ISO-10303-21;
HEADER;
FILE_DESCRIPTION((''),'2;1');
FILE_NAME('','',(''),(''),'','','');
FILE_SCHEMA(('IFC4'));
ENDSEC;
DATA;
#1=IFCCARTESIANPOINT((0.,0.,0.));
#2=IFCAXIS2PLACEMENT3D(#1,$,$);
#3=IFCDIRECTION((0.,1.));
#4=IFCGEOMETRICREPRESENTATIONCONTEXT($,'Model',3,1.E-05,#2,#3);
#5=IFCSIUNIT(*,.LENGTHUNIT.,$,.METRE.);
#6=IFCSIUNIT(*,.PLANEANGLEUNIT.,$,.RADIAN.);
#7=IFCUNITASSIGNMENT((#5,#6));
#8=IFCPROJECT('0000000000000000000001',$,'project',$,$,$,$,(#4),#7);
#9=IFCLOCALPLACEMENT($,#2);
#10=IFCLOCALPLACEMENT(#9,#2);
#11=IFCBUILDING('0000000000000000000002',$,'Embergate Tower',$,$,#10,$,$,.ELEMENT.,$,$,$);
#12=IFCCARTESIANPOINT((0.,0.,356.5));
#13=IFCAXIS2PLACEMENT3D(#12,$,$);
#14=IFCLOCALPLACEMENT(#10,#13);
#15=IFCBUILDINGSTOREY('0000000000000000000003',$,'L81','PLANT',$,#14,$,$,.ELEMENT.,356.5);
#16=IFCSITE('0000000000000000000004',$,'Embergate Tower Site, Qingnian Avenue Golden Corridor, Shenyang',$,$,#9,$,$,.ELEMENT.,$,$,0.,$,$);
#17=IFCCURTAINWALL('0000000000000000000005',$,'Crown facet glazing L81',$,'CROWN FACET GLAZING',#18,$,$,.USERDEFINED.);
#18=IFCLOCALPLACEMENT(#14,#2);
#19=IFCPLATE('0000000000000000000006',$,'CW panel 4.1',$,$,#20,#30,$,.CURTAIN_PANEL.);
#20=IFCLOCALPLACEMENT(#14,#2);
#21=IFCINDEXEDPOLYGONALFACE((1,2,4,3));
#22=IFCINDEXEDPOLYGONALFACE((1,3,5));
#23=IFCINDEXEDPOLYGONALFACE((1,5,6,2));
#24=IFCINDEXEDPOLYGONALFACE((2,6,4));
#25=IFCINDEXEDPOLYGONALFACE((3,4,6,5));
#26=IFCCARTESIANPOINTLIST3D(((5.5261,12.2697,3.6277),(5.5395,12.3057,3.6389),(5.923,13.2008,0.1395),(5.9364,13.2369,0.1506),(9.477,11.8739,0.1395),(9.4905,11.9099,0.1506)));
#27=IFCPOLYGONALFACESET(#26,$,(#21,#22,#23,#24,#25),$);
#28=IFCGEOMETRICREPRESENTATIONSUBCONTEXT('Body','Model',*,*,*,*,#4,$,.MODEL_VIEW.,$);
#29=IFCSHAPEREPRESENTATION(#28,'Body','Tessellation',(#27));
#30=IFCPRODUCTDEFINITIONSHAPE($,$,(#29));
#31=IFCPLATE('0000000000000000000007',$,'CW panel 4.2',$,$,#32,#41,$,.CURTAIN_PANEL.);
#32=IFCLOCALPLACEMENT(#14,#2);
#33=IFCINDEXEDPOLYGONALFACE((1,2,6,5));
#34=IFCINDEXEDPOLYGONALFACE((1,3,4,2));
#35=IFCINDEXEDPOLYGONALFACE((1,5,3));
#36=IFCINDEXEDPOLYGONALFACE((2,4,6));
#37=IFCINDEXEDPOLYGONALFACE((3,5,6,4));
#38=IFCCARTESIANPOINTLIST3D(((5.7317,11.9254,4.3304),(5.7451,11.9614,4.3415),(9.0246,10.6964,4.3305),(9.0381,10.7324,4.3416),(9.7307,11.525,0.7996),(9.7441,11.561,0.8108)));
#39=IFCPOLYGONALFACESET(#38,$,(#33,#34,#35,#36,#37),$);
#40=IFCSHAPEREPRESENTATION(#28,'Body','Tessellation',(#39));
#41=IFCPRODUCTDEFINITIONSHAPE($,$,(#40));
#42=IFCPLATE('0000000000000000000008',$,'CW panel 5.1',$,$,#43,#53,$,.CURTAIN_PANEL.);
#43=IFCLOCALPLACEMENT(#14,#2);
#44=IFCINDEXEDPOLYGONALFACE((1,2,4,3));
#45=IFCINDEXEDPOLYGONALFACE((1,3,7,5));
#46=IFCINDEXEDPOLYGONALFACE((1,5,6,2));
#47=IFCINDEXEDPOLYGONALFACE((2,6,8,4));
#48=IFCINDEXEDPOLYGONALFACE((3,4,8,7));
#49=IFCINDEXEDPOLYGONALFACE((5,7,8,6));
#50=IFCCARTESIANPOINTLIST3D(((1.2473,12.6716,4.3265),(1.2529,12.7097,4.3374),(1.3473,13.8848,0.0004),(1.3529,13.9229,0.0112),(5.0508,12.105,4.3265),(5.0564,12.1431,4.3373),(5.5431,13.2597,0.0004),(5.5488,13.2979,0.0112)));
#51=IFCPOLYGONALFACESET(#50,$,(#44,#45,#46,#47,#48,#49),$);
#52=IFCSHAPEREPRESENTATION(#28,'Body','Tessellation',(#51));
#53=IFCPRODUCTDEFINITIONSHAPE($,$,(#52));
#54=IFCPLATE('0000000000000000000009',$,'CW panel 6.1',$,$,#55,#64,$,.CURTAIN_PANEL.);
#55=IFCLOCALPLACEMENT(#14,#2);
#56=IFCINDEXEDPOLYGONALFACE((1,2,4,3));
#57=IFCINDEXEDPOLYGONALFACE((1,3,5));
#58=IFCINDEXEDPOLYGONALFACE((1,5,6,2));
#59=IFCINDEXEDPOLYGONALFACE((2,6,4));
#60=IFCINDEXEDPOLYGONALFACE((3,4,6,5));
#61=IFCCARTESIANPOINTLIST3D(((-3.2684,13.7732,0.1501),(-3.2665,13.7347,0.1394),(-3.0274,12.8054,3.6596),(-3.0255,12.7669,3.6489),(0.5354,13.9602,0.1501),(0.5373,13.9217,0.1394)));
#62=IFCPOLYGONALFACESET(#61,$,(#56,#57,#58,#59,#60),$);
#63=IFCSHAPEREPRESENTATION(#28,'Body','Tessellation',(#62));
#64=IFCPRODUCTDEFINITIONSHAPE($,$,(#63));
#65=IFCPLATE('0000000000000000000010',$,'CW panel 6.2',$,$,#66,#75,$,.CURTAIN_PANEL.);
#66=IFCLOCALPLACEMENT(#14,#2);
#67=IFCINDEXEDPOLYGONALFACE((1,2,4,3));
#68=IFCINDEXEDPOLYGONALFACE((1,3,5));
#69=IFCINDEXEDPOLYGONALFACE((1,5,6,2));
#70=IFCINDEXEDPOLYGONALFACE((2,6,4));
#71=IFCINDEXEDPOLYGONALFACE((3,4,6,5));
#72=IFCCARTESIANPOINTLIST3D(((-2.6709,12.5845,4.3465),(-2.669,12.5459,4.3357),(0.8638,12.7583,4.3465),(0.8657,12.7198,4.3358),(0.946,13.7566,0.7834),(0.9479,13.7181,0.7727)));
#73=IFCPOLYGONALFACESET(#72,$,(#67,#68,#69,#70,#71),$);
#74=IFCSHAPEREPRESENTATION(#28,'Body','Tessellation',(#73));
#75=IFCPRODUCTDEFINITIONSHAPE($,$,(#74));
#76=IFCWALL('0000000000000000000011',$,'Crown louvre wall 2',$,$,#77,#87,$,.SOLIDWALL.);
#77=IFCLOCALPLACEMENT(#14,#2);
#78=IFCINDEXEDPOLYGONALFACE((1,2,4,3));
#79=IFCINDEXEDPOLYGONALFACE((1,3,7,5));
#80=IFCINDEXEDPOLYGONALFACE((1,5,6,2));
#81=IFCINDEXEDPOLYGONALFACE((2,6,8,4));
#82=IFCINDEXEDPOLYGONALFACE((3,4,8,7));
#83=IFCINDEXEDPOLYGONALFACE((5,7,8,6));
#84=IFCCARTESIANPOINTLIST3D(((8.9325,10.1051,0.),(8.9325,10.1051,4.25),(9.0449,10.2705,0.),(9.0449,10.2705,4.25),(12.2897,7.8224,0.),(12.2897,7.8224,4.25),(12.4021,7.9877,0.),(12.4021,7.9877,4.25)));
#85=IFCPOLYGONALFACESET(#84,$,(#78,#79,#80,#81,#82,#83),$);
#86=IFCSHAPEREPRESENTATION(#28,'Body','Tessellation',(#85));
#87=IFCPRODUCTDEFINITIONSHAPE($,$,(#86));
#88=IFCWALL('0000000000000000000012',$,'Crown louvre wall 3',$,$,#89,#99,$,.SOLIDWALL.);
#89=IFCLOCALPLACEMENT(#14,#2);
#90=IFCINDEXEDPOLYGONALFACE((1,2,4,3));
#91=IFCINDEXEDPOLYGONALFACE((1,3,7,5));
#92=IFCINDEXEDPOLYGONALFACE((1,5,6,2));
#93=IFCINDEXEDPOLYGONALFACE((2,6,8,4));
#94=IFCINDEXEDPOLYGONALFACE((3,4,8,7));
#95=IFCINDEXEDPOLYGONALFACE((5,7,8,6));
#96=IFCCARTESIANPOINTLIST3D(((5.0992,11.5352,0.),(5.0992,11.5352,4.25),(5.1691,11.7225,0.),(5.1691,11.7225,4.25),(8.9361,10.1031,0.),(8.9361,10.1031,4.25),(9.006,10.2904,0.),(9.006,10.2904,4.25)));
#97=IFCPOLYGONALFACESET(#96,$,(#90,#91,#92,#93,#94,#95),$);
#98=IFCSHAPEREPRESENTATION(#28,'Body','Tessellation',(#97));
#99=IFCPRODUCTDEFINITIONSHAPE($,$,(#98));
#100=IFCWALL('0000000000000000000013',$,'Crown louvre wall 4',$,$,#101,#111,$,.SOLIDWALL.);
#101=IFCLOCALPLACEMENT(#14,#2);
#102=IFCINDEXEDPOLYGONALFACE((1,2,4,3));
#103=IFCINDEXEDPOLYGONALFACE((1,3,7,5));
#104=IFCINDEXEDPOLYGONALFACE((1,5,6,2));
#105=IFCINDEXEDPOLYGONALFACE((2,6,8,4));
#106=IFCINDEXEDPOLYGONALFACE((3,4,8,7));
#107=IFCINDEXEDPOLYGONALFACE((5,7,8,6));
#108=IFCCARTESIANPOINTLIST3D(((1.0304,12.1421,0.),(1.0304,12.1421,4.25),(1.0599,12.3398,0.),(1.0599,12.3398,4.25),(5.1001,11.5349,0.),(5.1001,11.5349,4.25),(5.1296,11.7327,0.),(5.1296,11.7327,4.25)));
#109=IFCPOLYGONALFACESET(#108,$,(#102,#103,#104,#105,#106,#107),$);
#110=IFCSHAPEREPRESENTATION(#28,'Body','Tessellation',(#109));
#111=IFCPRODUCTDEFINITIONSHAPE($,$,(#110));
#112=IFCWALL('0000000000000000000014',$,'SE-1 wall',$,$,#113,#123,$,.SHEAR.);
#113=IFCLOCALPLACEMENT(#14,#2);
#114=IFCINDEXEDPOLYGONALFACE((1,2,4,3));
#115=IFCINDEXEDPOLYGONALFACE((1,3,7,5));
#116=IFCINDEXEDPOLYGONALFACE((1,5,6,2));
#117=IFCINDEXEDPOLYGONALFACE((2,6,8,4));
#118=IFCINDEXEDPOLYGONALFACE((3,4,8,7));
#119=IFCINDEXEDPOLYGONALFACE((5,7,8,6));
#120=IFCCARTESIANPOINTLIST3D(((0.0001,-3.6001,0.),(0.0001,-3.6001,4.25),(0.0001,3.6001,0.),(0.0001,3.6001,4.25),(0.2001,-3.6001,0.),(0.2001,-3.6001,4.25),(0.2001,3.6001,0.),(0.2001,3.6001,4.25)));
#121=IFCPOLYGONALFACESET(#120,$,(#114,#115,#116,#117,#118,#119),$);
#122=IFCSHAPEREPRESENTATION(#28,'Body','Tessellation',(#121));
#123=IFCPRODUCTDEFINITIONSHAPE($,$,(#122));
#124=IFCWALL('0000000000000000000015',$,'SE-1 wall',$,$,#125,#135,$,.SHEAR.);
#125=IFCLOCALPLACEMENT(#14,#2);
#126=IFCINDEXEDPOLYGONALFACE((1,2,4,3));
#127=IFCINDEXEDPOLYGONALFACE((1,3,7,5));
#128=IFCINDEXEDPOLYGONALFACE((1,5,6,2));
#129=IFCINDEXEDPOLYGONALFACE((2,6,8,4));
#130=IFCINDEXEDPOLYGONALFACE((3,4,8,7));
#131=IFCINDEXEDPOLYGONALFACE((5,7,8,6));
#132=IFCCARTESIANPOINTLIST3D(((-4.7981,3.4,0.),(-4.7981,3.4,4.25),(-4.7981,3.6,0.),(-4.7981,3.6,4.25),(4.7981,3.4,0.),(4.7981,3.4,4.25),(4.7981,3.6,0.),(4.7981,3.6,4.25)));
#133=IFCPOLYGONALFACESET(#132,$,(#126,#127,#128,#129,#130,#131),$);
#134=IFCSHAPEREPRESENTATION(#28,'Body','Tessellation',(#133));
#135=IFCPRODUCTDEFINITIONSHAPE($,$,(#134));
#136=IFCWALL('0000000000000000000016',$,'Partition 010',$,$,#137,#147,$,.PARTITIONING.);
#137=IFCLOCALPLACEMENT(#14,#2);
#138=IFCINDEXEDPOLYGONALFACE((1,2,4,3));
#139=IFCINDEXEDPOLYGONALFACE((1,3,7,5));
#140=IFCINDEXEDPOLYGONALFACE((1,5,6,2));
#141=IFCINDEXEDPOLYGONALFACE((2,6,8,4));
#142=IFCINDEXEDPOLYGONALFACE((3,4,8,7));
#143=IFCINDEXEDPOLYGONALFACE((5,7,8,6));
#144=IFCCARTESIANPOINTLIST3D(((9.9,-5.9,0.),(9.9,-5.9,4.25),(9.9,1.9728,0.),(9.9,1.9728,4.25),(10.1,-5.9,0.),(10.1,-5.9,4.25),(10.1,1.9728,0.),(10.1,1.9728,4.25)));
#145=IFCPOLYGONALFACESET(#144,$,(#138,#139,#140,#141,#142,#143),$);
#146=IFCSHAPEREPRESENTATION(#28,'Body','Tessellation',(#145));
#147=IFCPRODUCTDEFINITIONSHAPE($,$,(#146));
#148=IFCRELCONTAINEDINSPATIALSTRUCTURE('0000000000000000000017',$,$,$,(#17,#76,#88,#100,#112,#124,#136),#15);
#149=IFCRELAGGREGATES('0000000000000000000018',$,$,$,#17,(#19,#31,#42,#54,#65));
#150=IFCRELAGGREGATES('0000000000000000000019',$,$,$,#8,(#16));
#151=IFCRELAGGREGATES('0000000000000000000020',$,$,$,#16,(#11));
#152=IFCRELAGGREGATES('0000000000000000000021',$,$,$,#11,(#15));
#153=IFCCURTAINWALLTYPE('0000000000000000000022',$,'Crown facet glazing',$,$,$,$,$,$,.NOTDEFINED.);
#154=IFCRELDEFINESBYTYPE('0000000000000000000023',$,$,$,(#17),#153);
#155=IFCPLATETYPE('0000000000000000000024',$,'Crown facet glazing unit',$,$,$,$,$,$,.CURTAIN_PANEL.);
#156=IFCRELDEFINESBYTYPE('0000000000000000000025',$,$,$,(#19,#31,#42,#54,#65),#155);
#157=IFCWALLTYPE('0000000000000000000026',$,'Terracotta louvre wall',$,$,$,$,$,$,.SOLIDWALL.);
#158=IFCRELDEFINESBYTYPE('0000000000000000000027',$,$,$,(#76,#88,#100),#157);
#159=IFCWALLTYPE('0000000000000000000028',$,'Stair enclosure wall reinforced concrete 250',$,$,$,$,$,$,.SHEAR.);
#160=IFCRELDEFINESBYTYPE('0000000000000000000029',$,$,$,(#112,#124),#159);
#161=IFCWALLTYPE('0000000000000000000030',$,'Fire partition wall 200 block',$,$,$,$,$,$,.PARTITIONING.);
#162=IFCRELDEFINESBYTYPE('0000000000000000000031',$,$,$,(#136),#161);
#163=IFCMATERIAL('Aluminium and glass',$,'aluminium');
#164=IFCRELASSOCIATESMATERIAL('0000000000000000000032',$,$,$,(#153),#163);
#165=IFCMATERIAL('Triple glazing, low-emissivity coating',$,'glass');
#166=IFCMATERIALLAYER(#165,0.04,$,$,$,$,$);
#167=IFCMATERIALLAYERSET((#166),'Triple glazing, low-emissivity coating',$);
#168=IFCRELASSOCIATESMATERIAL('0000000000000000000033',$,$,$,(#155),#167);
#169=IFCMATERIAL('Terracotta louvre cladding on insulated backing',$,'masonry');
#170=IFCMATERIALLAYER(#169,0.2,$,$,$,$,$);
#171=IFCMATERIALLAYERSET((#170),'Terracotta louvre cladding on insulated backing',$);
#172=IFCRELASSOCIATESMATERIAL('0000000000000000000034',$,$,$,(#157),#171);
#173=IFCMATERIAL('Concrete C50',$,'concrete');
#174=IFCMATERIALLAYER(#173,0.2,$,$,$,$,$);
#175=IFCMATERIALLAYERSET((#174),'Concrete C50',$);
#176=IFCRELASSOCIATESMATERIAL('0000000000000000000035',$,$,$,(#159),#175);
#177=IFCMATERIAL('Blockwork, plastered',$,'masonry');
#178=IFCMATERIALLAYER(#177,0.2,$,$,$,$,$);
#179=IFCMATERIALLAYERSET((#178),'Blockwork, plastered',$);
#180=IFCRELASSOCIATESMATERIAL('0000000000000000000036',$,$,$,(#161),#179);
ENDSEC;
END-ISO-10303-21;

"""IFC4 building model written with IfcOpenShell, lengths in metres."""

from ifc_helpers import new_model, si_unit, direction, frame, frame_2d, origin, place, context, subcontext, project, spatial, polyline, rectangle, outline, extrude, source, transform, mapped, material, layer, layer_set, type_object, element, aggregate, save


model = new_model("IFC4")

# Units and contexts
model_context = context("Model", 3, precision=1e-05, world=origin(), true_north=direction((0.0, 1.0)))
body_context = subcontext(model_context, "Body", "Model", "MODEL_VIEW")
ifc_project = project(units=[si_unit("LENGTHUNIT", "METRE"), si_unit("PLANEANGLEUNIT", "RADIAN")], contexts=[model_context])

# Site, building, storey
site_placement = place(None, origin())
site = spatial("IfcSite", under=ifc_project, at=site_placement, Name="Embergate Tower Site, Qingnian Avenue Golden Corridor, Shenyang", CompositionType="ELEMENT", RefElevation=0.0)
building_placement = place(site_placement, origin())
building = spatial("IfcBuilding", under=site, at=building_placement, Name="Embergate Tower", CompositionType="ELEMENT")
storey_placement = place(building_placement, frame((0.0, 0.0, 356.5)))
storey = spatial("IfcBuildingStorey", under=building, at=storey_placement, Name="L81", Description="PLANT", CompositionType="ELEMENT", Elevation=356.5)

# Curtain wall, plates
ifc_material_1 = material(Name="Aluminium and glass", Category="aluminium")
curtain_wall_type = type_object("IfcCurtainWallType", Name="Crown facet glazing", PredefinedType="NOTDEFINED", material=ifc_material_1)
curtain_wall_placement = place(storey_placement, origin())
curtain_wall = element("IfcCurtainWall", 1, at=curtain_wall_placement, inside=storey, type_object=curtain_wall_type, Name="Crown facet glazing L81", ObjectType="CROWN FACET GLAZING", PredefinedType="USERDEFINED")
ifc_material_2 = material(Name="Triple glazing, low-emissivity coating", Category="glass")
ifc_layer_1 = layer(ifc_material_2, 0.04)
ifc_layer_set_1 = layer_set([ifc_layer_1], Name="Triple glazing, low-emissivity coating")
plate_type = type_object("IfcPlateType", Name="Crown facet glazing unit", PredefinedType="CURTAIN_PANEL", material=ifc_layer_set_1)
shared_shape_1 = source(origin(), body_context, "Body", "SweptSolid", [
    extrude(outline(polyline([(0.0, 0.0), (3.7937, 0.0), (3.8398, 3.6318), (0.0, 0.0)])), origin(), (0.0, 0.0, -1.0), 0.04),
])
plate_1_placement = place(storey_placement, frame((9.4905, 11.9099, 0.1506), z_axis=(0.335946, 0.899791, 0.278419), x_axis=(-0.936833, 0.349776, 0.0)))
plate_1 = element("IfcPlate", 2, at=plate_1_placement, type_object=plate_type, Name="CW panel 4.1", PredefinedType="CURTAIN_PANEL", context=body_context, shape_type="MappedRepresentation", body=[
    mapped(shared_shape_1, transform((0.0, 0.0, 0.0))),
])
shared_shape_2 = source(origin(), body_context, "Body", "SweptSolid", [
    extrude(outline(polyline([(0.0, 0.0), (5.3496, 0.0), (2.7961, 2.4153), (0.0, 0.0)])), origin(), (0.0, 0.0, -1.0), 0.04),
])
plate_2_placement = place(storey_placement, frame((9.7441, 11.561, 0.8108), z_axis=(0.335844, 0.899853, 0.278341), x_axis=(-0.74753, 0.074844, 0.659998)))
plate_2 = element("IfcPlate", 3, at=plate_2_placement, type_object=plate_type, Name="CW panel 4.2", PredefinedType="CURTAIN_PANEL", context=body_context, shape_type="MappedRepresentation", body=[
    mapped(shared_shape_2, transform((0.0, 0.0, 0.0))),
])
shared_shape_3 = source(origin(), body_context, "Body", "SweptSolid", [
    extrude(outline(polyline([(0.0, 0.0), (4.2422, 0.0), (4.1624, 4.4934), (0.3169, 4.4934), (0.0, 0.0)])), origin(), (0.0, 0.0, -1.0), 0.04),
])
plate_3_placement = place(storey_placement, frame((5.5488, 13.2979, 0.0112), z_axis=(0.141858, 0.952261, 0.270324), x_axis=(-0.989085, 0.147343, 0.000003)))
plate_3 = element("IfcPlate", 4, at=plate_3_placement, type_object=plate_type, Name="CW panel 5.1", PredefinedType="CURTAIN_PANEL", context=body_context, shape_type="MappedRepresentation", body=[
    mapped(shared_shape_3, transform((0.0, 0.0, 0.0))),
])
shared_shape_4 = source(origin(), body_context, "Body", "SweptSolid", [
    extrude(outline(polyline([(0.0, 0.0), (3.8083, 0.0), (3.6152, 3.6433), (0.0, 0.0)])), origin(), (0.0, 0.0, -1.0), 0.04),
])
plate_4_placement = place(storey_placement, frame((0.5354, 13.9602, 0.1501), z_axis=(-0.047302, 0.962103, 0.268554), x_axis=(-0.998794, -0.049106, 0.0)))
plate_4 = element("IfcPlate", 5, at=plate_4_placement, type_object=plate_type, Name="CW panel 6.1", PredefinedType="CURTAIN_PANEL", context=body_context, shape_type="MappedRepresentation", body=[
    mapped(shared_shape_4, transform((0.0, 0.0, 0.0))),
])
shared_shape_5 = source(origin(), body_context, "Body", "SweptSolid", [
    extrude(outline(polyline([(0.0, 0.0), (5.2107, 0.0), (2.718, 2.5122), (0.0, 0.0)])), origin(), (0.0, 0.0, -1.0), 0.04),
])
plate_5_placement = place(storey_placement, frame((0.946, 13.7566, 0.7834), z_axis=(-0.047315, 0.962123, 0.268479), x_axis=(-0.694142, -0.224946, 0.683788)))
plate_5 = element("IfcPlate", 6, at=plate_5_placement, type_object=plate_type, Name="CW panel 6.2", PredefinedType="CURTAIN_PANEL", context=body_context, shape_type="MappedRepresentation", body=[
    mapped(shared_shape_5, transform((0.0, 0.0, 0.0))),
])
aggregate(curtain_wall, [plate_1, plate_2, plate_3, plate_4, plate_5])

# Walls
ifc_material_3 = material(Name="Terracotta louvre cladding on insulated backing", Category="masonry")
ifc_layer_2 = layer(ifc_material_3, 0.2)
ifc_layer_set_2 = layer_set([ifc_layer_2], Name="Terracotta louvre cladding on insulated backing")
wall_type_1 = type_object("IfcWallType", Name="Terracotta louvre wall", PredefinedType="SOLIDWALL", material=ifc_layer_set_2)
shared_shape_6 = source(origin(), body_context, "Body", "SweptSolid", [
    extrude(rectangle(XDim=4.0598, YDim=0.2, at=frame_2d((2.0298, 0.0))), origin(), (0.0, 0.0, 1.0), 4.25),
])
wall_1_placement = place(storey_placement, frame((8.9888, 10.1877, 0.0), z_axis=(0.0, 0.0, 1.0), x_axis=(0.826946, -0.562282, 0.0)))
element("IfcWall", 7, at=wall_1_placement, inside=storey, type_object=wall_type_1, Name="Crown louvre wall 2", PredefinedType="SOLIDWALL", context=body_context, shape_type="MappedRepresentation", body=[
    mapped(shared_shape_6, transform((0.0, 0.0, 0.0))),
])
shared_shape_7 = source(origin(), body_context, "Body", "SweptSolid", [
    extrude(rectangle(XDim=4.0955, YDim=0.2, at=frame_2d((2.0479, 0.0))), origin(), (0.0, 0.0, 1.0), 4.25),
])
wall_2_placement = place(storey_placement, frame((5.134, 11.6289, 0.0), z_axis=(0.0, 0.0, 1.0), x_axis=(0.936867, -0.349686, 0.0)))
element("IfcWall", 8, at=wall_2_placement, inside=storey, type_object=wall_type_1, Name="Crown louvre wall 3", PredefinedType="SOLIDWALL", context=body_context, shape_type="MappedRepresentation", body=[
    mapped(shared_shape_7, transform((0.0, 0.0, 0.0))),
])
shared_shape_8 = source(origin(), body_context, "Body", "SweptSolid", [
    extrude(rectangle(XDim=4.1147, YDim=0.2, at=frame_2d((2.0574, 0.0))), origin(), (0.0, 0.0, 1.0), 4.25),
])
wall_3_placement = place(storey_placement, frame((1.0452, 12.241, 0.0), z_axis=(0.0, 0.0, 1.0), x_axis=(0.989052, -0.147566, 0.0)))
element("IfcWall", 9, at=wall_3_placement, inside=storey, type_object=wall_type_1, Name="Crown louvre wall 4", PredefinedType="SOLIDWALL", context=body_context, shape_type="MappedRepresentation", body=[
    mapped(shared_shape_8, transform((0.0, 0.0, 0.0))),
])
ifc_material_4 = material(Name="Concrete C50", Category="concrete")
ifc_layer_3 = layer(ifc_material_4, 0.2)
ifc_layer_set_3 = layer_set([ifc_layer_3], Name="Concrete C50")
wall_type_2 = type_object("IfcWallType", Name="Stair enclosure wall reinforced concrete 250", PredefinedType="SHEAR", material=ifc_layer_set_3)
shared_shape_9 = source(origin(), body_context, "Body", "SweptSolid", [
    extrude(rectangle(XDim=7.2002, YDim=0.2, at=frame_2d((3.6001, 0.0))), origin(), (0.0, 0.0, 1.0), 4.25),
])
wall_4_placement = place(storey_placement, frame((0.1001, 3.6001, 0.0), z_axis=(0.0, 0.0, 1.0), x_axis=(0.0, -1.0, 0.0)))
element("IfcWall", 10, at=wall_4_placement, inside=storey, type_object=wall_type_2, Name="SE-1 wall", PredefinedType="SHEAR", context=body_context, shape_type="MappedRepresentation", body=[
    mapped(shared_shape_9, transform((0.0, 0.0, 0.0))),
])
shared_shape_10 = source(origin(), body_context, "Body", "SweptSolid", [
    extrude(rectangle(XDim=9.5962, YDim=0.2, at=frame_2d((4.7981, 0.0))), origin(), (0.0, 0.0, 1.0), 4.25),
])
wall_5_placement = place(storey_placement, frame((4.7981, 3.5, 0.0), z_axis=(0.0, 0.0, 1.0), x_axis=(-1.0, 0.0, 0.0)))
element("IfcWall", 11, at=wall_5_placement, inside=storey, type_object=wall_type_2, Name="SE-1 wall", PredefinedType="SHEAR", context=body_context, shape_type="MappedRepresentation", body=[
    mapped(shared_shape_10, transform((0.0, 0.0, 0.0))),
])
ifc_material_5 = material(Name="Blockwork, plastered", Category="masonry")
ifc_layer_4 = layer(ifc_material_5, 0.2)
ifc_layer_set_4 = layer_set([ifc_layer_4], Name="Blockwork, plastered")
wall_type_3 = type_object("IfcWallType", Name="Fire partition wall 200 block", PredefinedType="PARTITIONING", material=ifc_layer_set_4)
shared_shape_11 = source(origin(), body_context, "Body", "SweptSolid", [
    extrude(rectangle(XDim=7.8728, YDim=0.2, at=frame_2d((3.9365, 0.0))), origin(), (0.0, 0.0, 1.0), 4.25),
])
wall_6_placement = place(storey_placement, frame((10.0, 1.9729, 0.0), z_axis=(0.0, 0.0, 1.0), x_axis=(0.0, -1.0, 0.0)))
element("IfcWall", 12, at=wall_6_placement, inside=storey, type_object=wall_type_3, Name="Partition 010", PredefinedType="PARTITIONING", context=body_context, shape_type="MappedRepresentation", body=[
    mapped(shared_shape_11, transform((0.0, 0.0, 0.0))),
])

save(model, "model.ifc")
